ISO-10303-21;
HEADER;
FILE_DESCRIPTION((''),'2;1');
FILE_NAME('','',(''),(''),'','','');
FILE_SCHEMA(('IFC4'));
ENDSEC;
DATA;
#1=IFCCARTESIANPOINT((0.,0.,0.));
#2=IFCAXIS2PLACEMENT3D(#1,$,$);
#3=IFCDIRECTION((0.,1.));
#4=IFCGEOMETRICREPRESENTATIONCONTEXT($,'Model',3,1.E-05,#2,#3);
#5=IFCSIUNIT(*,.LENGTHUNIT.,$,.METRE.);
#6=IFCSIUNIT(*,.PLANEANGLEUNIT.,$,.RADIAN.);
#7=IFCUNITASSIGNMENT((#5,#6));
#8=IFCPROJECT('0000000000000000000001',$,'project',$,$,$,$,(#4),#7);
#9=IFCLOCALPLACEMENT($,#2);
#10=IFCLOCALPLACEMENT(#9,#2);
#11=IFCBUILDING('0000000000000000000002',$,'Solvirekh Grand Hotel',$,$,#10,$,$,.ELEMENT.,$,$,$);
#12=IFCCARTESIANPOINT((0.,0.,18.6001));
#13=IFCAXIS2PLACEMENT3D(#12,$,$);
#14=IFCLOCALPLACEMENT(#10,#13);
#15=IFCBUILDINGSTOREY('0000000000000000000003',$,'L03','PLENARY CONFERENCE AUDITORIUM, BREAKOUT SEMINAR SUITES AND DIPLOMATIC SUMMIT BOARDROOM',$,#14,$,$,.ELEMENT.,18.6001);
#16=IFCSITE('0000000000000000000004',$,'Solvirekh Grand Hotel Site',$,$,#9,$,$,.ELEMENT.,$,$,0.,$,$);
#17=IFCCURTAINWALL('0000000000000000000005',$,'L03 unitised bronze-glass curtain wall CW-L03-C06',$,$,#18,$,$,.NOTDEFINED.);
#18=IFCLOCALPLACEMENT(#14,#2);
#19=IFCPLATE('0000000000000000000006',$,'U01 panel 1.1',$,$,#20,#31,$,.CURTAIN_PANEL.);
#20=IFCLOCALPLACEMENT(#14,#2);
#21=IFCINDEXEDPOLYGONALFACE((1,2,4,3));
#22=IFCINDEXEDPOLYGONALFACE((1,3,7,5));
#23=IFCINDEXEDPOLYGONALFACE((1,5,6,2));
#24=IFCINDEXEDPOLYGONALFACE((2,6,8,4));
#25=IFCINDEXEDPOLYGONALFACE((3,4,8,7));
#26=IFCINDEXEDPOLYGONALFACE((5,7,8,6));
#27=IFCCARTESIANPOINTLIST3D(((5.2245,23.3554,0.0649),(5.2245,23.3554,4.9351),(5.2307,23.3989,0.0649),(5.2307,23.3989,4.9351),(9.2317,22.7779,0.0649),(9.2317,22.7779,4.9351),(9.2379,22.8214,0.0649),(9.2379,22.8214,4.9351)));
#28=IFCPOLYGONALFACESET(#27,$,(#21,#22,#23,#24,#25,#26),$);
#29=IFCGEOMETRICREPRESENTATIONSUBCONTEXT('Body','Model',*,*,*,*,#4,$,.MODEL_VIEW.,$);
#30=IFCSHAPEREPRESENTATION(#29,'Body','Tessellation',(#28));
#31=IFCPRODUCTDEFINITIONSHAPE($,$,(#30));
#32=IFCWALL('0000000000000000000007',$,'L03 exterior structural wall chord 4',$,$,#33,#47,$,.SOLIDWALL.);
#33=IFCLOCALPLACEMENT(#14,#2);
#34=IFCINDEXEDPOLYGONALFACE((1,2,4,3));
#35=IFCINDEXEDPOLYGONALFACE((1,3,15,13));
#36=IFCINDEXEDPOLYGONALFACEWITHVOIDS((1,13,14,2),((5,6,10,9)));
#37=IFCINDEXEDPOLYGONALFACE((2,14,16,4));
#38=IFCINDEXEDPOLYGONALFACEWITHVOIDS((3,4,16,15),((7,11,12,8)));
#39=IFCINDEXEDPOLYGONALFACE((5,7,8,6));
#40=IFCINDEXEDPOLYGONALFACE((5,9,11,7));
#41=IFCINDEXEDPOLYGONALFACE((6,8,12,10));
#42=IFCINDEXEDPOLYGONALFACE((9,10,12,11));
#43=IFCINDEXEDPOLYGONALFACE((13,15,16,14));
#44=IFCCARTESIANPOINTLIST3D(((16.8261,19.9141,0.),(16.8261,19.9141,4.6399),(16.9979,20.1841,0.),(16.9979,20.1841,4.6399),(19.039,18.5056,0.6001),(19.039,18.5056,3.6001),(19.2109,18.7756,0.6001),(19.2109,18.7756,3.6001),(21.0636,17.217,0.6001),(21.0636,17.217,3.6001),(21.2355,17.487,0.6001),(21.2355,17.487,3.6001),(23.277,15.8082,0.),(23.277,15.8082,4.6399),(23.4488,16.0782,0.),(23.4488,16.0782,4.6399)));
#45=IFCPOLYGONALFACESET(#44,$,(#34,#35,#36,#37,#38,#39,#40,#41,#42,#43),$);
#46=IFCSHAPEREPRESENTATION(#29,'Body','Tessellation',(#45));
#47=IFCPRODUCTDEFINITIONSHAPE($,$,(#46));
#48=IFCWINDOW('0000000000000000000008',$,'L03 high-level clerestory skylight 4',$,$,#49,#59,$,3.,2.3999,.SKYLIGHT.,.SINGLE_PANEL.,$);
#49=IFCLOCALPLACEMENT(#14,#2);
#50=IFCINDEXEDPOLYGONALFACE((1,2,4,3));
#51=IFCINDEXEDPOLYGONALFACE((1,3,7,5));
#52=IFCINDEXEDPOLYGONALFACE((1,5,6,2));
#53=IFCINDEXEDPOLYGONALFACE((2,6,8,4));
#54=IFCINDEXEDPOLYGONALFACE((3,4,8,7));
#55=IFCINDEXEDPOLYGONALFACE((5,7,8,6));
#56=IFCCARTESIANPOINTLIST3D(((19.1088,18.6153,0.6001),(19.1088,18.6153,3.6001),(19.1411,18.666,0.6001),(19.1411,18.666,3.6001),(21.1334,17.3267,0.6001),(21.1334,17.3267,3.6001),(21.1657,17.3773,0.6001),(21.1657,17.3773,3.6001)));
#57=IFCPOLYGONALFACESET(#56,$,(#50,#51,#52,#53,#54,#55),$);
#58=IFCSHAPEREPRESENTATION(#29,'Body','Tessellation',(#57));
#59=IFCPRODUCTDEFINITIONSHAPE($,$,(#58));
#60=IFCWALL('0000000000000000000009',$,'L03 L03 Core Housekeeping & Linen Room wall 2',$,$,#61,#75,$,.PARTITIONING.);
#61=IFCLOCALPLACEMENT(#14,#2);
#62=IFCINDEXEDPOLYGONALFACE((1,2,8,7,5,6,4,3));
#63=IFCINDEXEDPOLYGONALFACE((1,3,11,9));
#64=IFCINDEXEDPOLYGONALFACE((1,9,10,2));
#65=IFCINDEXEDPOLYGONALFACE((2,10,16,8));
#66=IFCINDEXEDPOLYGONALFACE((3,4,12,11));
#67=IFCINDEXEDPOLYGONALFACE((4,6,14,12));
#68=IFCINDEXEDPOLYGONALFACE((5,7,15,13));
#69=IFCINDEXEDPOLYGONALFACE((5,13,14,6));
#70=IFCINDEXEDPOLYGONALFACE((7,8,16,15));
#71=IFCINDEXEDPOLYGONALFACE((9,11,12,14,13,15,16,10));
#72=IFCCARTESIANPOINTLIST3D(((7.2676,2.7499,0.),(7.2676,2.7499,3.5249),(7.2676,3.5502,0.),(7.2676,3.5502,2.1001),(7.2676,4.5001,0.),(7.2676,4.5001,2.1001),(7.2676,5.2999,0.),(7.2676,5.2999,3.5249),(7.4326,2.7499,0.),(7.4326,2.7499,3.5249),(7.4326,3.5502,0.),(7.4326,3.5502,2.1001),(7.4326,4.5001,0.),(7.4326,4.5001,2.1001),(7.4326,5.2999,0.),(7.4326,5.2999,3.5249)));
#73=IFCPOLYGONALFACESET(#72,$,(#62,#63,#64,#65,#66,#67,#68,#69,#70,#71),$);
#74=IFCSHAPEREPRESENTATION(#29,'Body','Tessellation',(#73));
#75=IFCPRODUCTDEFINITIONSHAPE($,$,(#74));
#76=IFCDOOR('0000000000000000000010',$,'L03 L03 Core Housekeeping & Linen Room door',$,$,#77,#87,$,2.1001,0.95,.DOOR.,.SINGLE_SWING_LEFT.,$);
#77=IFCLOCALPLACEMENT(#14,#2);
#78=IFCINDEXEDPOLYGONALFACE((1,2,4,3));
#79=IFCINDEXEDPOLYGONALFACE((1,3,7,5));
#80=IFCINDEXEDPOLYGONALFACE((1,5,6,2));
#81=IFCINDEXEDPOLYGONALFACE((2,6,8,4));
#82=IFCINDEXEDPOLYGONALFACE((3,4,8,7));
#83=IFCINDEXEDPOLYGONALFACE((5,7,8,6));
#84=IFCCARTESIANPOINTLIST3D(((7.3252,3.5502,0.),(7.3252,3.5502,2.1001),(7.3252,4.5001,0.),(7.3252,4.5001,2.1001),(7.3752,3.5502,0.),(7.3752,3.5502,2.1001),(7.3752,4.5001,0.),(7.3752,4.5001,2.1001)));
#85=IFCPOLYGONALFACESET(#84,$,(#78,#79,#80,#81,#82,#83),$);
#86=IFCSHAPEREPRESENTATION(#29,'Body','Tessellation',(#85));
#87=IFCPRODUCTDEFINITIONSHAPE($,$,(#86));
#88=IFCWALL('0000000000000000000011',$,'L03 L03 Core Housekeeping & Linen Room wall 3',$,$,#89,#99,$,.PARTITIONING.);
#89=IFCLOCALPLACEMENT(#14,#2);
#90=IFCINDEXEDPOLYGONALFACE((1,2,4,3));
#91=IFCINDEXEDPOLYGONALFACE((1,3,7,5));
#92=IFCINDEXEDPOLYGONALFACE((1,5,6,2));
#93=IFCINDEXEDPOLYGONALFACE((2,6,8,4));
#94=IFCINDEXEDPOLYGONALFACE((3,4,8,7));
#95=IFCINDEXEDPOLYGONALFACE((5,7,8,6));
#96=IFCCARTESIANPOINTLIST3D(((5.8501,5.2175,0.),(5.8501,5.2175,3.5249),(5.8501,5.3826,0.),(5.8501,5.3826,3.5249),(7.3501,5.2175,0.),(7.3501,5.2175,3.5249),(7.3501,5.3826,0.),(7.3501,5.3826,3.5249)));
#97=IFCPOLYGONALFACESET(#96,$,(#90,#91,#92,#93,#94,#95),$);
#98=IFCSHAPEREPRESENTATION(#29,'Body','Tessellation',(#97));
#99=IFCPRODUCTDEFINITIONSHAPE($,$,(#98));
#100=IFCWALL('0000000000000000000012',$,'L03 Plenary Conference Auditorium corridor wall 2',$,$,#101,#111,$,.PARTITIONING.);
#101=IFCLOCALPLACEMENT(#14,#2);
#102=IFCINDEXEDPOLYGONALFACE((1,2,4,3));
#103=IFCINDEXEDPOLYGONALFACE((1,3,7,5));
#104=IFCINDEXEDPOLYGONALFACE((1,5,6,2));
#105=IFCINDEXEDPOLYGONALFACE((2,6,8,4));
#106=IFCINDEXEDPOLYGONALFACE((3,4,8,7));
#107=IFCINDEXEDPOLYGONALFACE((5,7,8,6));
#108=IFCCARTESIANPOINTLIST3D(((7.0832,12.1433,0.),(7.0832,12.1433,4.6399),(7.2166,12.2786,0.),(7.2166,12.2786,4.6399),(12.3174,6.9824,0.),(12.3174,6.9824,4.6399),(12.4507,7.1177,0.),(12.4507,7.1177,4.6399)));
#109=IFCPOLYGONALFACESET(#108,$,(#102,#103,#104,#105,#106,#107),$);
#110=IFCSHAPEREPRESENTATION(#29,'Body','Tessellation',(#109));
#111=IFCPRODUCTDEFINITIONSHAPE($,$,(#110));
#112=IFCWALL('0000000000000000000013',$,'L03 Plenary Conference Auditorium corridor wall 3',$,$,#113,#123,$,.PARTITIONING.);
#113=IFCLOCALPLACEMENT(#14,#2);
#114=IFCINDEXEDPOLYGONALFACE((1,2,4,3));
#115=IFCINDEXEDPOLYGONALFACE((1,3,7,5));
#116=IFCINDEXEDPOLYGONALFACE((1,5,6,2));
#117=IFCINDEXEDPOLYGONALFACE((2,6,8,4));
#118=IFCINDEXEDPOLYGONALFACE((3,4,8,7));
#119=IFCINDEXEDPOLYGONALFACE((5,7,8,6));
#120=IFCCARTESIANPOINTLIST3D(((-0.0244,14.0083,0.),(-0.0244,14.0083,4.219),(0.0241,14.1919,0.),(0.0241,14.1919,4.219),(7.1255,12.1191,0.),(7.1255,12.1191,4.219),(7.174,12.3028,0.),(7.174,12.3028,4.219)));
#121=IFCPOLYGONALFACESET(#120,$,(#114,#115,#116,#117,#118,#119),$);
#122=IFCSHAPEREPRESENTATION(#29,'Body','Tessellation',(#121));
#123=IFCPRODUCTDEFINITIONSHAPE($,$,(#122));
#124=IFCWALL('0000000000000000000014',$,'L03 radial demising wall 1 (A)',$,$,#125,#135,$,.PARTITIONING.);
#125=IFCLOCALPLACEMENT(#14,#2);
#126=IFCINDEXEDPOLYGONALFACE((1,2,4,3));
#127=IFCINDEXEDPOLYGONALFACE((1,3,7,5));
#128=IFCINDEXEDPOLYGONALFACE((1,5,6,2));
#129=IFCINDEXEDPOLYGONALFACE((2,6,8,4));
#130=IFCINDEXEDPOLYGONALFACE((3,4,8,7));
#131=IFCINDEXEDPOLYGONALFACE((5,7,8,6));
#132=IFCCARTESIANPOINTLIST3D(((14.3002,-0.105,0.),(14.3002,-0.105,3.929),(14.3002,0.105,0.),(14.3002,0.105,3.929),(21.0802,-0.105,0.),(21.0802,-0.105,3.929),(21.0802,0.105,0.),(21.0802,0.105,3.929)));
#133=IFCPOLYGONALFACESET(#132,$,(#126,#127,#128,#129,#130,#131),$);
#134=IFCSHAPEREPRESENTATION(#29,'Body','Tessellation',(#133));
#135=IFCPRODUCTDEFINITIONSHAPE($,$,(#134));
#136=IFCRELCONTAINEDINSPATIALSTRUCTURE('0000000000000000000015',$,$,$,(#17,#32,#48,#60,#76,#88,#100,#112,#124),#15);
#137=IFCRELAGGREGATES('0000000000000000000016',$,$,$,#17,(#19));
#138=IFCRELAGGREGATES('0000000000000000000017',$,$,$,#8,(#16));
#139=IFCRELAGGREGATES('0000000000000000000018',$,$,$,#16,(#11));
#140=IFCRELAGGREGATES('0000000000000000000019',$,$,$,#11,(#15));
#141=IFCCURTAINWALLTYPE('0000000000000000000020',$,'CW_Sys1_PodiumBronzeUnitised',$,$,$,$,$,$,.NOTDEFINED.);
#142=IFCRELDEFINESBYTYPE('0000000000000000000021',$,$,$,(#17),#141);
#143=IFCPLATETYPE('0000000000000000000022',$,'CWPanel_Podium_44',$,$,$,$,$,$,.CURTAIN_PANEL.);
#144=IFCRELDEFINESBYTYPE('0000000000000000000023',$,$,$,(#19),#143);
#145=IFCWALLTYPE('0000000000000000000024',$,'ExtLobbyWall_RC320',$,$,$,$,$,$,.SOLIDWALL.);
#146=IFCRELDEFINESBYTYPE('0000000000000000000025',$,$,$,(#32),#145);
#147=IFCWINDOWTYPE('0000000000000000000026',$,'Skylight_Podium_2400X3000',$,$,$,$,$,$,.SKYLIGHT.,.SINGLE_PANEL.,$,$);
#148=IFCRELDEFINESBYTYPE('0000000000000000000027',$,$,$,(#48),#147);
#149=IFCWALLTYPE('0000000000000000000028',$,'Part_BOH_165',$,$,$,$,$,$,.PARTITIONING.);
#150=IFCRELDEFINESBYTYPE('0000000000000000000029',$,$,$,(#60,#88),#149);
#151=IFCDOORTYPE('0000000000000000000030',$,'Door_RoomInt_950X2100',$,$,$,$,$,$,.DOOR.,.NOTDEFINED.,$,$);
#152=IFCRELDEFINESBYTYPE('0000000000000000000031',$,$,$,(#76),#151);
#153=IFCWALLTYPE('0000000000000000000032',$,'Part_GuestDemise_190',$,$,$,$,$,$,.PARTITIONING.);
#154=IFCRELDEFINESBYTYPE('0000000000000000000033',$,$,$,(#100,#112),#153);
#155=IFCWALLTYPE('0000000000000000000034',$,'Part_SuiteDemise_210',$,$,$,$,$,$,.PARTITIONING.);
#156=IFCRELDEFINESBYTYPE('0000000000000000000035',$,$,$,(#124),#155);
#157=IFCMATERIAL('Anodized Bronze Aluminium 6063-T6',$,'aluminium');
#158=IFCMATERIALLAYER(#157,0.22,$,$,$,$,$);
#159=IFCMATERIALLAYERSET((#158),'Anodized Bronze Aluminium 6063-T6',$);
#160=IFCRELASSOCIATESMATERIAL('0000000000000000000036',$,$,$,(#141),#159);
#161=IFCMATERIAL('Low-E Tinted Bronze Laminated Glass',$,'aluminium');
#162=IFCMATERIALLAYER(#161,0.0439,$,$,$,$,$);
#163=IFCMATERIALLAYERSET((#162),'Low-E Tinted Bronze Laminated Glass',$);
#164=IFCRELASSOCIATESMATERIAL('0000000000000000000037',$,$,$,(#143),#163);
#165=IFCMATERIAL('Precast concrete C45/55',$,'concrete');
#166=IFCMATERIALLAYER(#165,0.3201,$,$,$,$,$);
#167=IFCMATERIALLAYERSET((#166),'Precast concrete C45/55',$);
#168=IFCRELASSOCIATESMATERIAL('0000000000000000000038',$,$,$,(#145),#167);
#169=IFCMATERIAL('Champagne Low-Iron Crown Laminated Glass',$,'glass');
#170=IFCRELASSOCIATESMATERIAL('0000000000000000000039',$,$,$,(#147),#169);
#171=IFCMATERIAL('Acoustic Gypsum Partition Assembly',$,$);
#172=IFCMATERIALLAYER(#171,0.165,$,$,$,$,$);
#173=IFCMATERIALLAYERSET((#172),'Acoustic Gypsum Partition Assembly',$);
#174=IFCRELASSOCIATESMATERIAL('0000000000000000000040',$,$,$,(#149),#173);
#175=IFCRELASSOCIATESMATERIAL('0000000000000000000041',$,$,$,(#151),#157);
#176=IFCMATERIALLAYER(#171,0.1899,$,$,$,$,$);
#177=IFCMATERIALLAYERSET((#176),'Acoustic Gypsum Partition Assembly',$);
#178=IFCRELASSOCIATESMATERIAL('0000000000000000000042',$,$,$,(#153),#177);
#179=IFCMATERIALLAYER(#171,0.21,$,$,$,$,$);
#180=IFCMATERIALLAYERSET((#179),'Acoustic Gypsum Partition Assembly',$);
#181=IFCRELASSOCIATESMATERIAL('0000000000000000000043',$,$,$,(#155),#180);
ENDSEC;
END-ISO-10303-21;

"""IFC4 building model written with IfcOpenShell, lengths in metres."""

from ifc_helpers import new_model, si_unit, direction, frame, frame_2d, origin, origin_2d, place, context, subcontext, project, spatial, rectangle, extrude, source, transform, mapped, material, layer, layer_set, type_object, element, fill, aggregate, save


model = new_model("IFC4")

# Units and contexts
model_context = context("Model", 3, precision=1e-05, world=origin(), true_north=direction((0.0, 1.0)))
body_context = subcontext(model_context, "Body", "Model", "MODEL_VIEW")
ifc_project = project(units=[si_unit("LENGTHUNIT", "METRE"), si_unit("PLANEANGLEUNIT", "RADIAN")], contexts=[model_context])

# Site, building, storey
site_placement = place(None, origin())
site = spatial("IfcSite", under=ifc_project, at=site_placement, Name="Solvirekh Grand Hotel Site", CompositionType="ELEMENT", RefElevation=0.0)
building_placement = place(site_placement, origin())
building = spatial("IfcBuilding", under=site, at=building_placement, Name="Solvirekh Grand Hotel", CompositionType="ELEMENT")
storey_placement = place(building_placement, frame((0.0, 0.0, 18.6001)))
storey = spatial("IfcBuildingStorey", under=building, at=storey_placement, Name="L03", Description="PLENARY CONFERENCE AUDITORIUM, BREAKOUT SEMINAR SUITES AND DIPLOMATIC SUMMIT BOARDROOM", CompositionType="ELEMENT", Elevation=18.6001)

# Curtain wall
ifc_material_1 = material(Name="Anodized Bronze Aluminium 6063-T6", Category="aluminium")
ifc_layer_1 = layer(ifc_material_1, 0.22)
ifc_layer_set_1 = layer_set([ifc_layer_1], Name="Anodized Bronze Aluminium 6063-T6")
curtain_wall_type = type_object("IfcCurtainWallType", Name="CW_Sys1_PodiumBronzeUnitised", PredefinedType="NOTDEFINED", material=ifc_layer_set_1)
curtain_wall_1_placement = place(storey_placement, origin())
curtain_wall_1 = element("IfcCurtainWall", 1, at=curtain_wall_1_placement, inside=storey, type_object=curtain_wall_type, Name="L03 unitised bronze-glass curtain wall CW-L03-C06", PredefinedType="NOTDEFINED")

# Plate
ifc_material_2 = material(Name="Low-E Tinted Bronze Laminated Glass", Category="aluminium")
ifc_layer_2 = layer(ifc_material_2, 0.0439)
ifc_layer_set_2 = layer_set([ifc_layer_2], Name="Low-E Tinted Bronze Laminated Glass")
plate_type = type_object("IfcPlateType", Name="CWPanel_Podium_44", PredefinedType="CURTAIN_PANEL", material=ifc_layer_set_2)
shared_shape_1 = source(origin(), body_context, "Body", "SweptSolid", [
    extrude(rectangle(XDim=4.0486, YDim=0.0439, at=origin_2d()), origin(), (0.0, 0.0, 1.0), 4.8701),
])
plate_1_placement = place(storey_placement, frame((7.2312, 23.0884, 0.0649), z_axis=(0.0, 0.0, 1.0), x_axis=(-0.989776, 0.142632, 0.0)))
plate_1 = element("IfcPlate", 2, at=plate_1_placement, type_object=plate_type, Name="U01 panel 1.1", PredefinedType="CURTAIN_PANEL", context=body_context, shape_type="MappedRepresentation", body=[
    mapped(shared_shape_1, transform((0.0, 0.0, 0.0), x_axis=(1.0, 0.0, 0.0), y_axis=(0.0, 1.0, 0.0), z_axis=(0.0, 0.0, 1.0), scale=1.0)),
])
aggregate(curtain_wall_1, [plate_1])

# Wall, opening, window
ifc_material_3 = material(Name="Precast concrete C45/55", Category="concrete")
ifc_layer_3 = layer(ifc_material_3, 0.3201)
ifc_layer_set_3 = layer_set([ifc_layer_3], Name="Precast concrete C45/55")
wall_type_1 = type_object("IfcWallType", Name="ExtLobbyWall_RC320", PredefinedType="SOLIDWALL", material=ifc_layer_set_3)
wall_1_placement = place(storey_placement, frame((16.9121, 20.0491, 0.0), z_axis=(0.0, 0.0, 1.0), x_axis=(0.843613, -0.536952, 0.0)))
wall_1 = element("IfcWall", 3, at=wall_1_placement, inside=storey, type_object=wall_type_1, Name="L03 exterior structural wall chord 4", PredefinedType="SOLIDWALL", context=body_context, shape_type="SweptSolid", body=[
    extrude(rectangle(XDim=7.6467, YDim=0.3201, at=frame_2d((3.8232, 0.0))), origin(), (0.0, 0.0, 1.0), 4.6399),
])
opening_1_placement = place(wall_1_placement, frame((2.623, 0.0, 0.6001)))
opening_1 = element("IfcOpeningElement", 4, at=opening_1_placement, cuts=wall_1, PredefinedType="OPENING", context=body_context, shape_type="SweptSolid", body=[
    extrude(rectangle(XDim=2.3999, YDim=3.0, at=frame_2d((1.2, 1.5))), frame((0.0, 0.1699, 0.0), z_axis=(0.0, -1.0, 0.0), x_axis=(1.0, 0.0, 0.0)), (0.0, 0.0, 1.0), 0.3401),
])
ifc_material_4 = material(Name="Champagne Low-Iron Crown Laminated Glass", Category="glass")
window_type_1 = type_object("IfcWindowType", Name="Skylight_Podium_2400X3000", PartitioningType="SINGLE_PANEL", PredefinedType="SKYLIGHT", material=ifc_material_4)
window_1_placement = place(opening_1_placement, origin())
window_1 = element("IfcWindow", 5, at=window_1_placement, inside=storey, type_object=window_type_1, Name="L03 high-level clerestory skylight 4", OverallHeight=3.0, OverallWidth=2.3999, PartitioningType="SINGLE_PANEL", PredefinedType="SKYLIGHT", context=body_context, shape_type="SweptSolid", body=[
    extrude(rectangle(XDim=2.3999, YDim=3.0, at=frame_2d((1.2, 1.5))), frame((0.0, 0.03, 0.0), z_axis=(0.0, -1.0, 0.0), x_axis=(1.0, 0.0, 0.0)), (0.0, 0.0, 1.0), 0.0601),
])
fill(opening_1, window_1)

# Wall, opening, door
ifc_material_5 = material(Name="Acoustic Gypsum Partition Assembly")
ifc_layer_4 = layer(ifc_material_5, 0.165)
ifc_layer_set_4 = layer_set([ifc_layer_4], Name="Acoustic Gypsum Partition Assembly")
wall_type_2 = type_object("IfcWallType", Name="Part_BOH_165", PredefinedType="PARTITIONING", material=ifc_layer_set_4)
wall_2_placement = place(storey_placement, frame((7.3501, 2.75, 0.0), z_axis=(0.0, 0.0, 1.0), x_axis=(0.0, 1.0, 0.0)))
wall_2 = element("IfcWall", 6, at=wall_2_placement, inside=storey, type_object=wall_type_2, Name="L03 L03 Core Housekeeping & Linen Room wall 2", PredefinedType="PARTITIONING", context=body_context, shape_type="SweptSolid", body=[
    extrude(rectangle(XDim=2.55, YDim=0.165, at=frame_2d((1.2749, 0.0))), origin(), (0.0, 0.0, 1.0), 3.5249),
])
opening_2_placement = place(wall_2_placement, frame((0.8, 0.0, 0.0)))
opening_2 = element("IfcOpeningElement", 7, at=opening_2_placement, cuts=wall_2, PredefinedType="OPENING", context=body_context, shape_type="SweptSolid", body=[
    extrude(rectangle(XDim=0.95, YDim=2.1001, at=frame_2d((0.4751, 1.05))), frame((0.0, 0.0925, 0.0), z_axis=(0.0, -1.0, 0.0), x_axis=(1.0, 0.0, 0.0)), (0.0, 0.0, 1.0), 0.1851),
])
door_type_1 = type_object("IfcDoorType", Name="Door_RoomInt_950X2100", OperationType="NOTDEFINED", PredefinedType="DOOR", material=ifc_material_1)
door_1_placement = place(opening_2_placement, origin())
door_1 = element("IfcDoor", 8, at=door_1_placement, inside=storey, type_object=door_type_1, Name="L03 L03 Core Housekeeping & Linen Room door", OperationType="SINGLE_SWING_LEFT", OverallHeight=2.1001, OverallWidth=0.95, PredefinedType="DOOR", context=body_context, shape_type="SweptSolid", body=[
    extrude(rectangle(XDim=0.95, YDim=2.1001, at=frame_2d((0.4751, 1.05))), frame((0.0, 0.0249, 0.0), z_axis=(0.0, -1.0, 0.0), x_axis=(1.0, 0.0, 0.0)), (0.0, 0.0, 1.0), 0.05),
])
fill(opening_2, door_1)

# Wall
wall_3_placement = place(storey_placement, frame((7.3501, 5.3, 0.0), z_axis=(0.0, 0.0, 1.0), x_axis=(-1.0, 0.0, 0.0)))
element("IfcWall", 9, at=wall_3_placement, inside=storey, type_object=wall_type_2, Name="L03 L03 Core Housekeeping & Linen Room wall 3", PredefinedType="PARTITIONING", context=body_context, shape_type="SweptSolid", body=[
    extrude(rectangle(XDim=1.5, YDim=0.165, at=frame_2d((0.75, 0.0))), origin(), (0.0, 0.0, 1.0), 3.5249),
])

# Shared definitions
ifc_layer_5 = layer(ifc_material_5, 0.1899)
ifc_layer_set_5 = layer_set([ifc_layer_5], Name="Acoustic Gypsum Partition Assembly")
wall_type_3 = type_object("IfcWallType", Name="Part_GuestDemise_190", PredefinedType="PARTITIONING", material=ifc_layer_set_5)

# Walls
wall_4_placement = place(storey_placement, frame((12.384, 7.05, 0.0), z_axis=(0.0, 0.0, 1.0), x_axis=(-0.712071, 0.702107, 0.0)))
element("IfcWall", 10, at=wall_4_placement, inside=storey, type_object=wall_type_3, Name="L03 Plenary Conference Auditorium corridor wall 2", PredefinedType="PARTITIONING", context=body_context, shape_type="SweptSolid", body=[
    extrude(rectangle(XDim=7.3506, YDim=0.1899, at=frame_2d((3.6753, 0.0))), origin(), (0.0, 0.0, 1.0), 4.6399),
])
wall_5_placement = place(storey_placement, frame((7.1499, 12.2109, 0.0), z_axis=(0.0, 0.0, 1.0), x_axis=(-0.966821, 0.255455, 0.0)))
element("IfcWall", 11, at=wall_5_placement, inside=storey, type_object=wall_type_3, Name="L03 Plenary Conference Auditorium corridor wall 3", PredefinedType="PARTITIONING", context=body_context, shape_type="SweptSolid", body=[
    extrude(rectangle(XDim=7.3953, YDim=0.1899, at=frame_2d((3.6978, 0.0))), origin(), (0.0, 0.0, 1.0), 4.219),
])
ifc_layer_6 = layer(ifc_material_5, 0.21)
ifc_layer_set_6 = layer_set([ifc_layer_6], Name="Acoustic Gypsum Partition Assembly")
wall_type_4 = type_object("IfcWallType", Name="Part_SuiteDemise_210", PredefinedType="PARTITIONING", material=ifc_layer_set_6)
wall_6_placement = place(storey_placement, frame((14.3, 0.0, 0.0), z_axis=(0.0, 0.0, 1.0), x_axis=(1.0, 0.0, 0.0)))
element("IfcWall", 12, at=wall_6_placement, inside=storey, type_object=wall_type_4, Name="L03 radial demising wall 1 (A)", PredefinedType="PARTITIONING", context=body_context, shape_type="SweptSolid", body=[
    extrude(rectangle(XDim=6.78, YDim=0.21, at=frame_2d((3.3901, 0.0))), origin(), (0.0, 0.0, 1.0), 3.929),
])

save(model, "model.ifc")
